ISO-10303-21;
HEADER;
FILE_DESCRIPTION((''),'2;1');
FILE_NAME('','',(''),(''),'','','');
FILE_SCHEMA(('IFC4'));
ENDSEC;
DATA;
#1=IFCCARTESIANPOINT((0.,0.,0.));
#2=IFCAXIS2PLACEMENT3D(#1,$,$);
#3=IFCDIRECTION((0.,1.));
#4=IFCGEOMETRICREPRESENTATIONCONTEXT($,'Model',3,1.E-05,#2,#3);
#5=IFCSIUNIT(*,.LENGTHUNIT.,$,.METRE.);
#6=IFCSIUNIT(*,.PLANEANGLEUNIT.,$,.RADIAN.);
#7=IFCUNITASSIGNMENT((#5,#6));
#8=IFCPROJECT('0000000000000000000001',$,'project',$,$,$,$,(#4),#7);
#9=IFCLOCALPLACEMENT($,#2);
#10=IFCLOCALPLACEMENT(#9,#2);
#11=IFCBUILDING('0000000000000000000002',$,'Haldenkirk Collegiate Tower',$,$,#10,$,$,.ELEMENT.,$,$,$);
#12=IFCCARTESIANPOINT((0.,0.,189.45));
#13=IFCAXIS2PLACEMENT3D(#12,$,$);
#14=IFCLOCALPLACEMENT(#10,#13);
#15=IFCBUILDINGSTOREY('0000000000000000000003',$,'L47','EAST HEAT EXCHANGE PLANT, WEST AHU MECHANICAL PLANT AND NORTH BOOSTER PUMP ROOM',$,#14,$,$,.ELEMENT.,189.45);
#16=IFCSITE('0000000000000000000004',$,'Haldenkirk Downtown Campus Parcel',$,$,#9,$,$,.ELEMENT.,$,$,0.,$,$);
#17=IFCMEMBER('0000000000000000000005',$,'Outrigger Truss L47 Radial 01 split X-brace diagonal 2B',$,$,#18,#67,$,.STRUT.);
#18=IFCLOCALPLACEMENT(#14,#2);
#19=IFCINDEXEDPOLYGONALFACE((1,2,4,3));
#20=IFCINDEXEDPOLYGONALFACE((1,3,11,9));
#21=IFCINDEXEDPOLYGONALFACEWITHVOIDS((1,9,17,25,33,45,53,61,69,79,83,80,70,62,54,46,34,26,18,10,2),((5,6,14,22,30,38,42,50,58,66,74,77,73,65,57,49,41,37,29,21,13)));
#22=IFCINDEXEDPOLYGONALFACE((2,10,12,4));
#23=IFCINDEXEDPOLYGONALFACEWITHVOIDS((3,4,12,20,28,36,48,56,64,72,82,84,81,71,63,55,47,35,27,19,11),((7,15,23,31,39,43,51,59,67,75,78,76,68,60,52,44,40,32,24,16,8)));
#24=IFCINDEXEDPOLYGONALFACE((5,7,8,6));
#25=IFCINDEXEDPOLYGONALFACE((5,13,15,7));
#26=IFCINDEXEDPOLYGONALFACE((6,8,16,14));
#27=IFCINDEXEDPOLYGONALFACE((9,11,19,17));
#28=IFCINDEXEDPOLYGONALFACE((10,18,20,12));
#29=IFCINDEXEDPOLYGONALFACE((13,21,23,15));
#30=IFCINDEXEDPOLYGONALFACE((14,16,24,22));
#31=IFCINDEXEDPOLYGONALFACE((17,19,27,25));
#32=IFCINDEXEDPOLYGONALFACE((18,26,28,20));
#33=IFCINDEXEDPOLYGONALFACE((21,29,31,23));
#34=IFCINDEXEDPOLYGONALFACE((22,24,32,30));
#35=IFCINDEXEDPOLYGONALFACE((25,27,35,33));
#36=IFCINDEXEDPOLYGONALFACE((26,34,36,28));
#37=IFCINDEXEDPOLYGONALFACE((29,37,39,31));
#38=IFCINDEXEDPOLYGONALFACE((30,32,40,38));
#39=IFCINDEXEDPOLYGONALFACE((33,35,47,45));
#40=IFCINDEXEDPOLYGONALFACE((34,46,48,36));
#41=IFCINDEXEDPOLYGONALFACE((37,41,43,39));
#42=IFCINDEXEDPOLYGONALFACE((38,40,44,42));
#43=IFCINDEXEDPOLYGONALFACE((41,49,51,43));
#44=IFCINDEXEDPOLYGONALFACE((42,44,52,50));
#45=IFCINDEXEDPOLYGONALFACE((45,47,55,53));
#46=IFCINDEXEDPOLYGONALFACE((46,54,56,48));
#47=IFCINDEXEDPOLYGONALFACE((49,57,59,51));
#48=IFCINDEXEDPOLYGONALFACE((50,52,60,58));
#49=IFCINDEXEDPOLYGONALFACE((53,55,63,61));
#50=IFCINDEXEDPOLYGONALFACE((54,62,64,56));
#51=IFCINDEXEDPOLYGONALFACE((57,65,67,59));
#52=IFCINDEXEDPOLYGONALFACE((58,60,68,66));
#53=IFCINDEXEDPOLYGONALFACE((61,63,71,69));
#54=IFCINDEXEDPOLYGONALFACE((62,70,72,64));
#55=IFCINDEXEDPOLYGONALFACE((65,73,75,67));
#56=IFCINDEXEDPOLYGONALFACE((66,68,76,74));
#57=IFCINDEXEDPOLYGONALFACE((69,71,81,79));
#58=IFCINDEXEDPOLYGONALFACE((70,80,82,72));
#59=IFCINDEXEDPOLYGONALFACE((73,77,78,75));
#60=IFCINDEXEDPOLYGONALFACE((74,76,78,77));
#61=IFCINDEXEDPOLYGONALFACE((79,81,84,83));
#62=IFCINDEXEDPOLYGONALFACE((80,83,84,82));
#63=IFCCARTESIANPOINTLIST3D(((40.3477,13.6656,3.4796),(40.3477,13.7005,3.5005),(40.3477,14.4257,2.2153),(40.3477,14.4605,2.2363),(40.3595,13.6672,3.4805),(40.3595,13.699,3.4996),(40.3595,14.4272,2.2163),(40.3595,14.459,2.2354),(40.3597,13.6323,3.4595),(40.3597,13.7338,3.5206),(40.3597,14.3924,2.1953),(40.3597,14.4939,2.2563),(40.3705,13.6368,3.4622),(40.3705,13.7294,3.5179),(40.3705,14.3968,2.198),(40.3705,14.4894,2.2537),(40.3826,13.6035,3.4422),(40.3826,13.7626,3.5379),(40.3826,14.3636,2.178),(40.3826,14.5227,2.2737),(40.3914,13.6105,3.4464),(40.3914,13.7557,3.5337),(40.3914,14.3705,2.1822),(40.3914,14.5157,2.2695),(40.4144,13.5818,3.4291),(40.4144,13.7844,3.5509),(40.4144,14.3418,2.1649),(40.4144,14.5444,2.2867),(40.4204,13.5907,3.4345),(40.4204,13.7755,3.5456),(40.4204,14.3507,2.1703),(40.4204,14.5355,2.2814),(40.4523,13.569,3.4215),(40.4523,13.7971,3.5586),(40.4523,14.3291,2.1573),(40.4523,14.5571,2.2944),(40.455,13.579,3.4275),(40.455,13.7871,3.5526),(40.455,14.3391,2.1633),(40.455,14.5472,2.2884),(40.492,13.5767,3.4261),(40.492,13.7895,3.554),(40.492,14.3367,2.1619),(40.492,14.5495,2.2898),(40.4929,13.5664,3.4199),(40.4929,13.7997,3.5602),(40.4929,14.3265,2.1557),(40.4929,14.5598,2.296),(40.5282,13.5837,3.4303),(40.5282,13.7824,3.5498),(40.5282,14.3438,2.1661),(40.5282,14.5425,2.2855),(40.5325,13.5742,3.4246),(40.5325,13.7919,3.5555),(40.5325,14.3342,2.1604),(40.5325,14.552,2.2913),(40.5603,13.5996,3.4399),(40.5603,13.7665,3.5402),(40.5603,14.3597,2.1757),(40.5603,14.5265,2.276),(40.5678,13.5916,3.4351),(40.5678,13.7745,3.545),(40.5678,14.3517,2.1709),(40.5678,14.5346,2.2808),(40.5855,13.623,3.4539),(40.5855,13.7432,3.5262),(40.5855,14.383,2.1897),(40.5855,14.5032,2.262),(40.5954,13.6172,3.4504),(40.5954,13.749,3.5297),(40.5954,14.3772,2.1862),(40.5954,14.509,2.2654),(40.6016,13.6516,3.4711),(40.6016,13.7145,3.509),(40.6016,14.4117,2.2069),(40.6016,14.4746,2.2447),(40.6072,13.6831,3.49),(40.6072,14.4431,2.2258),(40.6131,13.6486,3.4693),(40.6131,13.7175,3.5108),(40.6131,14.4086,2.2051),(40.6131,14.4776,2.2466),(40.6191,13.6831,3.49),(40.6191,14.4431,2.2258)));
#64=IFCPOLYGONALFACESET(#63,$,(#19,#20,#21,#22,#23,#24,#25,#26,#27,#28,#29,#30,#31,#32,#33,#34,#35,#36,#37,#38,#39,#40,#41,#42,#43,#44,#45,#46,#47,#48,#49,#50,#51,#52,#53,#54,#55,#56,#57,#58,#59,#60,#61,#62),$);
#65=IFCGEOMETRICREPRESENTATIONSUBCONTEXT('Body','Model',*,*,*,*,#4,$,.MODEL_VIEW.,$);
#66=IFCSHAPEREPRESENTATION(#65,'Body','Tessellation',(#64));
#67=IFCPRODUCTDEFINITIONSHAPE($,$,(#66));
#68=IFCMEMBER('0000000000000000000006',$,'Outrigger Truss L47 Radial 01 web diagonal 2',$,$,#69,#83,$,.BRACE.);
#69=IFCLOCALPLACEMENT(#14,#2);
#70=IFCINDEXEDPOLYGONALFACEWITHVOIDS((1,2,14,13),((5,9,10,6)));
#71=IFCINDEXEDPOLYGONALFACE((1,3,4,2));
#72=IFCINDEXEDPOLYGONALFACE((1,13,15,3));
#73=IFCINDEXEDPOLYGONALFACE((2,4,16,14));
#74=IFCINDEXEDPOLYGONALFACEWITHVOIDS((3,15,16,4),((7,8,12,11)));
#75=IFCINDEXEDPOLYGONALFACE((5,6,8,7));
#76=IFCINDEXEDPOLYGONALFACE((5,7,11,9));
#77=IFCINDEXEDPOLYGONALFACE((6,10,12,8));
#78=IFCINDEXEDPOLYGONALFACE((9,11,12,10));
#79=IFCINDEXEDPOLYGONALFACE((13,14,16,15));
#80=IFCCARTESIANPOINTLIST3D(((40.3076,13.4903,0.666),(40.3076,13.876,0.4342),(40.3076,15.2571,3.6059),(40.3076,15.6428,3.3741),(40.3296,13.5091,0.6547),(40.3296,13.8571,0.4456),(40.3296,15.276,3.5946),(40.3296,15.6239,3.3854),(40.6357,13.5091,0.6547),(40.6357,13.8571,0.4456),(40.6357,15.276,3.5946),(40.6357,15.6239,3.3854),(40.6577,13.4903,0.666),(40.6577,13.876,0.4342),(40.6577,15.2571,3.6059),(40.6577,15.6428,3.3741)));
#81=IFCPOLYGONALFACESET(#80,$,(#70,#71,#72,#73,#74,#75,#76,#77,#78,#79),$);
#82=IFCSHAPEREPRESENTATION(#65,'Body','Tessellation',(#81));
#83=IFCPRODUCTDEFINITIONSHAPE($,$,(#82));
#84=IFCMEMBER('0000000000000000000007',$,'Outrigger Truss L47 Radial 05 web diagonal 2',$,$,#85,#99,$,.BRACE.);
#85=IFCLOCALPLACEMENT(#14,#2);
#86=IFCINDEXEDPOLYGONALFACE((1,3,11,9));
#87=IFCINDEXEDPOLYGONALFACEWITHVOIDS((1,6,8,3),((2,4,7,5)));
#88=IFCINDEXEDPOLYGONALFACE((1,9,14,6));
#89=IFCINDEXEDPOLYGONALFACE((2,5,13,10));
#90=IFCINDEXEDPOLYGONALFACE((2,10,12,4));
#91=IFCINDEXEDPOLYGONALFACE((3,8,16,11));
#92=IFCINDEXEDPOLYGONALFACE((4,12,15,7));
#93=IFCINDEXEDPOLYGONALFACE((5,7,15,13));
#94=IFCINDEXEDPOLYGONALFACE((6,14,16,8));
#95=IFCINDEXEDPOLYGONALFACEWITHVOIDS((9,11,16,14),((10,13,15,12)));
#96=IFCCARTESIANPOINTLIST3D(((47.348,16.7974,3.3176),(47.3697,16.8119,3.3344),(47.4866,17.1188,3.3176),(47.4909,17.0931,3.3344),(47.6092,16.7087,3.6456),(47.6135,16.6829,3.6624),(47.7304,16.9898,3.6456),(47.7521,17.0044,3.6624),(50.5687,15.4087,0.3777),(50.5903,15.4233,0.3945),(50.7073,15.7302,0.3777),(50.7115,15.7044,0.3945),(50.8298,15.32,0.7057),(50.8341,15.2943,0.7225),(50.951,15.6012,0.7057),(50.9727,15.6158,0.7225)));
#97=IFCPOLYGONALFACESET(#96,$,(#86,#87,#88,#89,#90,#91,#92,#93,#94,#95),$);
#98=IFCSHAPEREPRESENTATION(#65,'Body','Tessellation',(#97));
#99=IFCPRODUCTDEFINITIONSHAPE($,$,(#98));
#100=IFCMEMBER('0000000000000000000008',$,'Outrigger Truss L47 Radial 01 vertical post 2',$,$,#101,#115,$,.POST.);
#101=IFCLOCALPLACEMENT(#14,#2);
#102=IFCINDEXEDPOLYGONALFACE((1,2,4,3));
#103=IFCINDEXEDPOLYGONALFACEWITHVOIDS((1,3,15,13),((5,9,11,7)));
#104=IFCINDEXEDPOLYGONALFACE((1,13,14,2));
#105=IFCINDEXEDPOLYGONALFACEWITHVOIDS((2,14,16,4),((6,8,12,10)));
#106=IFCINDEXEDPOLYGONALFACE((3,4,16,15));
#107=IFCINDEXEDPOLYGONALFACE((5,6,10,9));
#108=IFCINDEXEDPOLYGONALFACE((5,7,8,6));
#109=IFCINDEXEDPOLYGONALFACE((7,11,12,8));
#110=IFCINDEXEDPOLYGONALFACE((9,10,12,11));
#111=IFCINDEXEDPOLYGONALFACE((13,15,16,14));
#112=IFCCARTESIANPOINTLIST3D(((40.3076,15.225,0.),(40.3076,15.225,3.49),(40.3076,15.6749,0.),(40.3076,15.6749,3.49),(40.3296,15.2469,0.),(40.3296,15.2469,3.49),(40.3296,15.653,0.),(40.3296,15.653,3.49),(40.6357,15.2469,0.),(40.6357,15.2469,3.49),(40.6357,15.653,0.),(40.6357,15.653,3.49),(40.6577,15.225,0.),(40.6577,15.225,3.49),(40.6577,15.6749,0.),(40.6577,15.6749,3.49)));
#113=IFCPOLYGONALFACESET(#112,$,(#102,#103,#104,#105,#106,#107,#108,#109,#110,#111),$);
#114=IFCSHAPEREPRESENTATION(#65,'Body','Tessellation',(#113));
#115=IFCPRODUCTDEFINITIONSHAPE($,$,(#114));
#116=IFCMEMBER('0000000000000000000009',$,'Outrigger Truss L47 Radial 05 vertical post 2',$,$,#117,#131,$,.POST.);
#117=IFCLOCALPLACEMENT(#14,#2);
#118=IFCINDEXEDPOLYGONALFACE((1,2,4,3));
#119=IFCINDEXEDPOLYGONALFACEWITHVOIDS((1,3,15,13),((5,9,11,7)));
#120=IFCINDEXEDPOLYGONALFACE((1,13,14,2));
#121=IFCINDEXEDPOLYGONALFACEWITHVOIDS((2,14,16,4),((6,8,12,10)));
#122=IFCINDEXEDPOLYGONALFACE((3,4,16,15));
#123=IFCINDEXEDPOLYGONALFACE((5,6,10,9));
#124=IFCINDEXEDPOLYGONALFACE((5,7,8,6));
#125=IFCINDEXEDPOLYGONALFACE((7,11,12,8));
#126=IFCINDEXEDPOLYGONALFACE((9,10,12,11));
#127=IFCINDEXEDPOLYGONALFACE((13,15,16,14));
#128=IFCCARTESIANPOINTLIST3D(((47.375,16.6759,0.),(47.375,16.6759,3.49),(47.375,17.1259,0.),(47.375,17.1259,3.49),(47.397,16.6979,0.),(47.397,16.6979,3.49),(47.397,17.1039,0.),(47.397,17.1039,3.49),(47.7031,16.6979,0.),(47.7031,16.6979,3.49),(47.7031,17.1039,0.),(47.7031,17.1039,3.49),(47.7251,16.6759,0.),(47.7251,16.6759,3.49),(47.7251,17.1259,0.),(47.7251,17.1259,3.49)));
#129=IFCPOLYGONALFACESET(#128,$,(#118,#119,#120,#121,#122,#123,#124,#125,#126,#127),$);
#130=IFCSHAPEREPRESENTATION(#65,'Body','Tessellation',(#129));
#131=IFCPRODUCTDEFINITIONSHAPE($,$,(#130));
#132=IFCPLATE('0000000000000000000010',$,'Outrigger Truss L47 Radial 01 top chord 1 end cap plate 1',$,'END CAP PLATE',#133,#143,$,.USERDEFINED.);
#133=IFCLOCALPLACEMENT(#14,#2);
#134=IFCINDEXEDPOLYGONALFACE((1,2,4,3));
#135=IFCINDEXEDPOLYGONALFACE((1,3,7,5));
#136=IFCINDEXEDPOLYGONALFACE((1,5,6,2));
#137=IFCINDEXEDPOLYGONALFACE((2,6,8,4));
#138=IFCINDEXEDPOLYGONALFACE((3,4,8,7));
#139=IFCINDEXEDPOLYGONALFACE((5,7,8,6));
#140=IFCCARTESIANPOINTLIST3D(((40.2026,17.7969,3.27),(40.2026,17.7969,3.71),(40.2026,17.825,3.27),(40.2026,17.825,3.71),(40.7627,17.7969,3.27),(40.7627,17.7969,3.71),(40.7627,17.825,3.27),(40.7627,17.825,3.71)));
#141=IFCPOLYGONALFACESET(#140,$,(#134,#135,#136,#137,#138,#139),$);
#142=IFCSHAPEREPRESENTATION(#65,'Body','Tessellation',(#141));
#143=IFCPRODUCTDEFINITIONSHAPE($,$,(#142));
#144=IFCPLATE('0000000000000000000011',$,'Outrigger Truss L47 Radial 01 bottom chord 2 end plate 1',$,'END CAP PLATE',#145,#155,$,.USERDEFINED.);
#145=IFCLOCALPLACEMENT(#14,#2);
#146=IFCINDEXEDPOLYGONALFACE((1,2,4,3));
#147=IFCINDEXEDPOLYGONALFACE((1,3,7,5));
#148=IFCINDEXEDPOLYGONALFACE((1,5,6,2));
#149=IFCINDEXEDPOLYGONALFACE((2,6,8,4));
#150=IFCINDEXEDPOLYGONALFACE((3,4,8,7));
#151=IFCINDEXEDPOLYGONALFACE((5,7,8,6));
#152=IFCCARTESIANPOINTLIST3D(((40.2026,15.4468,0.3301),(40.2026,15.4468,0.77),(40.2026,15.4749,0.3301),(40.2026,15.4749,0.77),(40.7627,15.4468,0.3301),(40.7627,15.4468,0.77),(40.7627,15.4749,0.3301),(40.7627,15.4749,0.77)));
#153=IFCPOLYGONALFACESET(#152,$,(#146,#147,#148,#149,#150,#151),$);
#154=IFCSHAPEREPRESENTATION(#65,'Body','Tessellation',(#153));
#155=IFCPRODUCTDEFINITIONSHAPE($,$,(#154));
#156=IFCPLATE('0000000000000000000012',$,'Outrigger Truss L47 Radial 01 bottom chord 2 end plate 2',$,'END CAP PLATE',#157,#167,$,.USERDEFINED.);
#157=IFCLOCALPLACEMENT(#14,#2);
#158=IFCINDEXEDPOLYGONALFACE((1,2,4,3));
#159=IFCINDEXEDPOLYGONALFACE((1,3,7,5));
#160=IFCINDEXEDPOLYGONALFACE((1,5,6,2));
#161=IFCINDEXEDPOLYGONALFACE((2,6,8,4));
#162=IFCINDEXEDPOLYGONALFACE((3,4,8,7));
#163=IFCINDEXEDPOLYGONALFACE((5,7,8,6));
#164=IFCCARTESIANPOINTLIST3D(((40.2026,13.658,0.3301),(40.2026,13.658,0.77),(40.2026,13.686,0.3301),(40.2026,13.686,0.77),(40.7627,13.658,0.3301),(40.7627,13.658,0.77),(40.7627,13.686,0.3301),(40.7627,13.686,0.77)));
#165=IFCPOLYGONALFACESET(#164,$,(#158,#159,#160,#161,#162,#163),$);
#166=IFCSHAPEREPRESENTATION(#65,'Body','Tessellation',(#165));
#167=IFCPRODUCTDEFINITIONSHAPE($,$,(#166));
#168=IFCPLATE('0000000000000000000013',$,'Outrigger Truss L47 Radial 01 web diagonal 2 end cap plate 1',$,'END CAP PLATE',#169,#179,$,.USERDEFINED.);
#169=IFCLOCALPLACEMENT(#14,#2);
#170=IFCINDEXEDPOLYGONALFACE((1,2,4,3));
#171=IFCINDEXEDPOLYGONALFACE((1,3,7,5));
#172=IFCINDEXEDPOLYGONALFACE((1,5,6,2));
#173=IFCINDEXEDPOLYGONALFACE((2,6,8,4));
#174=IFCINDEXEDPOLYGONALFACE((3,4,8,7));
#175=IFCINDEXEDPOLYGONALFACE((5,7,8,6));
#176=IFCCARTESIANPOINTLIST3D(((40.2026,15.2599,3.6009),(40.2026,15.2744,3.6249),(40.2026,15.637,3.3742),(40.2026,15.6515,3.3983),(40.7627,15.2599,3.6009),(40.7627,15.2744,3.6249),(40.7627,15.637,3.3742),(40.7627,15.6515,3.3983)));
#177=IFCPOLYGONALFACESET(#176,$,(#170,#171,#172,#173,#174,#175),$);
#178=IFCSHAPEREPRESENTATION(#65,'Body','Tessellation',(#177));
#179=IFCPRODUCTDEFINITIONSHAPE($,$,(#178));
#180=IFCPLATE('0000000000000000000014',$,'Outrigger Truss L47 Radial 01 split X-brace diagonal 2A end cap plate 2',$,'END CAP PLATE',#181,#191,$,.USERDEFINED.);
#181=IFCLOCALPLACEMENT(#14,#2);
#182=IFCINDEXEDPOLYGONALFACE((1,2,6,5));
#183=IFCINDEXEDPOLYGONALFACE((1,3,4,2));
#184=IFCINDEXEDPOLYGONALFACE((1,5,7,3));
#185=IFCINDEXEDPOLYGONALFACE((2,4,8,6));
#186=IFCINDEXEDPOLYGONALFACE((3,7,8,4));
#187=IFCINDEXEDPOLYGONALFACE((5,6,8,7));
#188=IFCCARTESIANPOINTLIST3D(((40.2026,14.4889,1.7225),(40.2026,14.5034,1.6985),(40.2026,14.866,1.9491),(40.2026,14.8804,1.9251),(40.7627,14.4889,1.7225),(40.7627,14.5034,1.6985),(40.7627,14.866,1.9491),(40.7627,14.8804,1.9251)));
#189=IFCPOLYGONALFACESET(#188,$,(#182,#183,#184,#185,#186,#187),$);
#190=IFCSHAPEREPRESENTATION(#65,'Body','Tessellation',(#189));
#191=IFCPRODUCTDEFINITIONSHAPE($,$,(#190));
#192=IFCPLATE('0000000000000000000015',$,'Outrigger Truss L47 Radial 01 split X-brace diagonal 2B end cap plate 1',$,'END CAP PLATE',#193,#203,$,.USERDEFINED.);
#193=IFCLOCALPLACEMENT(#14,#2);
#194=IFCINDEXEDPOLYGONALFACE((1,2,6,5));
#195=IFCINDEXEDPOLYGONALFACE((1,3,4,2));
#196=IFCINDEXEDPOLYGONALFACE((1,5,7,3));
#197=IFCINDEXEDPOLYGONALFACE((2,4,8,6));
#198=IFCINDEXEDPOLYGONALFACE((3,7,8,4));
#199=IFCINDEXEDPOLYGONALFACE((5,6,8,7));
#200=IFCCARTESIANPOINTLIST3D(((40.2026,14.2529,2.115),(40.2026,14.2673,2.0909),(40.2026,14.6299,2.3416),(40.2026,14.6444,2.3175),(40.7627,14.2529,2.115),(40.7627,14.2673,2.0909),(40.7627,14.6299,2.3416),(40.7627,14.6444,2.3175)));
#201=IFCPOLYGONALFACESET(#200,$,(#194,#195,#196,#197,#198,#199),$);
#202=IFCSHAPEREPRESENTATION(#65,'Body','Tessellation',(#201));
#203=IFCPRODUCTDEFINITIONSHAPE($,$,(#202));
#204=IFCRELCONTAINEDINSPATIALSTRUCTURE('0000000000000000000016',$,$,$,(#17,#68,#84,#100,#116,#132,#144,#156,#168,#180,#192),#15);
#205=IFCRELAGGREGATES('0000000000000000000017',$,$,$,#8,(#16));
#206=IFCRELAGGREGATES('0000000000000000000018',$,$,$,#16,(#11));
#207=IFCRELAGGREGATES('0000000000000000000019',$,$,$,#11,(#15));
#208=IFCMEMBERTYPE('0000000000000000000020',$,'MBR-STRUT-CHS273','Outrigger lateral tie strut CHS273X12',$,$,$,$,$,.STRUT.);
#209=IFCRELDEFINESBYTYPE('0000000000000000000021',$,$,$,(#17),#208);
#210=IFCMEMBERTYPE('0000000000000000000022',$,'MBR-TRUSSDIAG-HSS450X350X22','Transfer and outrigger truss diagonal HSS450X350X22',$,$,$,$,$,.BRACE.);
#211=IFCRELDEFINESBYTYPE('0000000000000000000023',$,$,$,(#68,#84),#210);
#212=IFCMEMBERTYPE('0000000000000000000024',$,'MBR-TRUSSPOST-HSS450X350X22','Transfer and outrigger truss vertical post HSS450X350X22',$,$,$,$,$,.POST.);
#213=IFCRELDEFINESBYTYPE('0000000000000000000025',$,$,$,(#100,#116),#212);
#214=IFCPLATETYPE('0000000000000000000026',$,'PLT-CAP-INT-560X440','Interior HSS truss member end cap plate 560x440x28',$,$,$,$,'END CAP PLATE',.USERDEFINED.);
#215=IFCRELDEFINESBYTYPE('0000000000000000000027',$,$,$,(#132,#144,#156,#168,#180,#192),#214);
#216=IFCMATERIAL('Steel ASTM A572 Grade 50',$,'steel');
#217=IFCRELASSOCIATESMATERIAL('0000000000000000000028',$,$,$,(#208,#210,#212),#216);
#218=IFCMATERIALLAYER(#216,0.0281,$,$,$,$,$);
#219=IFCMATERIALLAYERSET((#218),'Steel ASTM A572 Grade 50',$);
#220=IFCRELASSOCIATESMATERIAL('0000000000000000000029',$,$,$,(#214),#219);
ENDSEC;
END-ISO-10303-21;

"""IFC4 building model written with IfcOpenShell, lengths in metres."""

from ifc_helpers import new_model, si_unit, direction, frame, origin, origin_2d, place, context, subcontext, project, spatial, rectangle, hollow_rectangle, hollow_circle, extrude, source, transform, mapped, material, layer, layer_set, material_profile, profile_set, type_object, element, save


model = new_model("IFC4")

# Units and contexts
model_context = context("Model", 3, precision=1e-05, world=origin(), true_north=direction((0.0, 1.0)))
body_context = subcontext(model_context, "Body", "Model", "MODEL_VIEW")
ifc_project = project(units=[si_unit("LENGTHUNIT", "METRE"), si_unit("PLANEANGLEUNIT", "RADIAN")], contexts=[model_context])

# Site, building, storey
site_placement = place(None, origin())
site = spatial("IfcSite", under=ifc_project, at=site_placement, Name="Haldenkirk Downtown Campus Parcel", CompositionType="ELEMENT", RefElevation=0.0)
building_placement = place(site_placement, origin())
building = spatial("IfcBuilding", under=site, at=building_placement, Name="Haldenkirk Collegiate Tower", CompositionType="ELEMENT")
storey_placement = place(building_placement, frame((0.0, 0.0, 189.45)))
storey = spatial("IfcBuildingStorey", under=building, at=storey_placement, Name="L47", Description="EAST HEAT EXCHANGE PLANT, WEST AHU MECHANICAL PLANT AND NORTH BOOSTER PUMP ROOM", CompositionType="ELEMENT", Elevation=189.45)

# Members
ifc_material_1 = material(Name="Steel ASTM A572 Grade 50", Category="steel")
ifc_material_profile_1 = material_profile(ifc_material_1, hollow_circle(Radius=0.1365, WallThickness=0.012, at=origin_2d()), Name="CHS273X12")
ifc_profile_set_1 = profile_set([ifc_material_profile_1], Name="Steel ASTM A572 Grade 50")
member_type_1 = type_object("IfcMemberType", Name="MBR-STRUT-CHS273", Description="Outrigger lateral tie strut CHS273X12", PredefinedType="STRUT", material=ifc_profile_set_1)
for number, where, z_axis, x_axis, name in (
    (1, (40.4827, 14.4431, 2.2258), (0.0, -0.51525, 0.85704), (1.0, 0.0, 0.0), "Outrigger Truss L47 Radial 01 split X-brace diagonal 2B"),
):
    element("IfcMember", number, at=place(storey_placement, frame(where, z_axis=z_axis, x_axis=x_axis)), inside=storey, type_object=member_type_1, Name=name, PredefinedType="STRUT", context=body_context, shape_type="SweptSolid", body=[
        extrude(hollow_circle(Radius=0.1365, WallThickness=0.012, at=origin_2d()), origin(), (0.0, 0.0, 1.0), 1.4751),
    ])
ifc_material_profile_2 = material_profile(ifc_material_1, hollow_rectangle(XDim=0.3501, YDim=0.45, WallThickness=0.022, at=origin_2d()), Name="HSS450X350X22")
ifc_profile_set_2 = profile_set([ifc_material_profile_2], Name="Steel ASTM A572 Grade 50")
member_type_2 = type_object("IfcMemberType", Name="MBR-TRUSSDIAG-HSS450X350X22", Description="Transfer and outrigger truss diagonal HSS450X350X22", PredefinedType="BRACE", material=ifc_profile_set_2)
member_1_placement = place(storey_placement, frame((40.4827, 15.45, 3.49), z_axis=(0.0, -0.515113, -0.857122), x_axis=(1.0, 0.0, 0.0)))
element("IfcMember", 2, at=member_1_placement, inside=storey, type_object=member_type_2, Name="Outrigger Truss L47 Radial 01 web diagonal 2", PredefinedType="BRACE", context=body_context, shape_type="SweptSolid", body=[
    extrude(hollow_rectangle(XDim=0.3501, YDim=0.45, WallThickness=0.022, at=origin_2d()), origin(), (0.0, 0.0, 1.0), 3.4299),
])
member_2_placement = place(storey_placement, frame((47.55, 16.9009, 3.49), z_axis=(0.703744, -0.303434, -0.642396), x_axis=(0.395935, 0.918279, 0.0)))
element("IfcMember", 3, at=member_2_placement, inside=storey, type_object=member_type_2, Name="Outrigger Truss L47 Radial 05 web diagonal 2", PredefinedType="BRACE", context=body_context, shape_type="SweptSolid", body=[
    extrude(hollow_rectangle(XDim=0.3501, YDim=0.45, WallThickness=0.022, at=origin_2d()), origin(), (0.0, 0.0, 1.0), 4.5764),
])
ifc_material_profile_3 = material_profile(ifc_material_1, hollow_rectangle(XDim=0.3501, YDim=0.45, WallThickness=0.022, at=origin_2d()), Name="HSS450X350X22")
ifc_profile_set_3 = profile_set([ifc_material_profile_3], Name="Steel ASTM A572 Grade 50")
member_type_3 = type_object("IfcMemberType", Name="MBR-TRUSSPOST-HSS450X350X22", Description="Transfer and outrigger truss vertical post HSS450X350X22", PredefinedType="POST", material=ifc_profile_set_3)
for number, where, z_axis, x_axis, name in (
    (4, (40.4827, 15.45, 0.0), (0.0, 0.0, 1.0), (1.0, 0.0, 0.0), "Outrigger Truss L47 Radial 01 vertical post 2"),
    (5, (47.55, 16.9009, 0.0), (0.0, 0.0, 1.0), (1.0, 0.0, 0.0), "Outrigger Truss L47 Radial 05 vertical post 2"),
):
    element("IfcMember", number, at=place(storey_placement, frame(where, z_axis=z_axis, x_axis=x_axis)), inside=storey, type_object=member_type_3, Name=name, PredefinedType="POST", context=body_context, shape_type="SweptSolid", body=[
        extrude(hollow_rectangle(XDim=0.3501, YDim=0.45, WallThickness=0.022, at=origin_2d()), origin(), (0.0, 0.0, 1.0), 3.49),
    ])

# Plates
ifc_layer_1 = layer(ifc_material_1, 0.0281)
ifc_layer_set_1 = layer_set([ifc_layer_1], Name="Steel ASTM A572 Grade 50")
plate_type_1 = type_object("IfcPlateType", Name="PLT-CAP-INT-560X440", Description="Interior HSS truss member end cap plate 560x440x28", ElementType="END CAP PLATE", PredefinedType="USERDEFINED", material=ifc_layer_set_1)
shared_shape_1 = source(origin(), body_context, "Body", "SweptSolid", [
    extrude(rectangle(XDim=0.5601, YDim=0.4399, at=origin_2d()), origin(), (0.0, 0.0, 1.0), 0.0281),
])
for number, where, z_axis, x_axis, name in (
    (6, (40.4827, 17.7969, 3.49), (0.0, 1.0, 0.0), (-1.0, 0.0, 0.0), "Outrigger Truss L47 Radial 01 top chord 1 end cap plate 1"),
    (7, (40.4827, 15.4468, 0.55), (0.0, 1.0, 0.0), (-1.0, 0.0, 0.0), "Outrigger Truss L47 Radial 01 bottom chord 2 end plate 1"),
    (8, (40.4827, 13.686, 0.55), (0.0, -1.0, 0.0), (1.0, 0.0, 0.0), "Outrigger Truss L47 Radial 01 bottom chord 2 end plate 2"),
    (9, (40.4827, 15.4485, 3.4875), (0.0, 0.515096, 0.857133), (-1.0, 0.0, 0.0), "Outrigger Truss L47 Radial 01 web diagonal 2 end cap plate 1"),
    (10, (40.4827, 14.6919, 1.8118), (0.0, -0.515104, 0.857128), (1.0, 0.0, 0.0), "Outrigger Truss L47 Radial 01 split X-brace diagonal 2A end cap plate 2"),
    (11, (40.4827, 14.4414, 2.2283), (0.0, 0.515104, -0.857128), (-1.0, 0.0, 0.0), "Outrigger Truss L47 Radial 01 split X-brace diagonal 2B end cap plate 1"),
):
    element("IfcPlate", number, at=place(storey_placement, frame(where, z_axis=z_axis, x_axis=x_axis)), inside=storey, type_object=plate_type_1, Name=name, ObjectType="END CAP PLATE", PredefinedType="USERDEFINED", context=body_context, shape_type="MappedRepresentation", body=[
        mapped(shared_shape_1, transform((0.0, 0.0, 0.0), x_axis=(1.0, 0.0, 0.0), y_axis=(0.0, 1.0, 0.0), z_axis=(0.0, 0.0, 1.0), scale=1.0)),
    ])

save(model, "model.ifc")
